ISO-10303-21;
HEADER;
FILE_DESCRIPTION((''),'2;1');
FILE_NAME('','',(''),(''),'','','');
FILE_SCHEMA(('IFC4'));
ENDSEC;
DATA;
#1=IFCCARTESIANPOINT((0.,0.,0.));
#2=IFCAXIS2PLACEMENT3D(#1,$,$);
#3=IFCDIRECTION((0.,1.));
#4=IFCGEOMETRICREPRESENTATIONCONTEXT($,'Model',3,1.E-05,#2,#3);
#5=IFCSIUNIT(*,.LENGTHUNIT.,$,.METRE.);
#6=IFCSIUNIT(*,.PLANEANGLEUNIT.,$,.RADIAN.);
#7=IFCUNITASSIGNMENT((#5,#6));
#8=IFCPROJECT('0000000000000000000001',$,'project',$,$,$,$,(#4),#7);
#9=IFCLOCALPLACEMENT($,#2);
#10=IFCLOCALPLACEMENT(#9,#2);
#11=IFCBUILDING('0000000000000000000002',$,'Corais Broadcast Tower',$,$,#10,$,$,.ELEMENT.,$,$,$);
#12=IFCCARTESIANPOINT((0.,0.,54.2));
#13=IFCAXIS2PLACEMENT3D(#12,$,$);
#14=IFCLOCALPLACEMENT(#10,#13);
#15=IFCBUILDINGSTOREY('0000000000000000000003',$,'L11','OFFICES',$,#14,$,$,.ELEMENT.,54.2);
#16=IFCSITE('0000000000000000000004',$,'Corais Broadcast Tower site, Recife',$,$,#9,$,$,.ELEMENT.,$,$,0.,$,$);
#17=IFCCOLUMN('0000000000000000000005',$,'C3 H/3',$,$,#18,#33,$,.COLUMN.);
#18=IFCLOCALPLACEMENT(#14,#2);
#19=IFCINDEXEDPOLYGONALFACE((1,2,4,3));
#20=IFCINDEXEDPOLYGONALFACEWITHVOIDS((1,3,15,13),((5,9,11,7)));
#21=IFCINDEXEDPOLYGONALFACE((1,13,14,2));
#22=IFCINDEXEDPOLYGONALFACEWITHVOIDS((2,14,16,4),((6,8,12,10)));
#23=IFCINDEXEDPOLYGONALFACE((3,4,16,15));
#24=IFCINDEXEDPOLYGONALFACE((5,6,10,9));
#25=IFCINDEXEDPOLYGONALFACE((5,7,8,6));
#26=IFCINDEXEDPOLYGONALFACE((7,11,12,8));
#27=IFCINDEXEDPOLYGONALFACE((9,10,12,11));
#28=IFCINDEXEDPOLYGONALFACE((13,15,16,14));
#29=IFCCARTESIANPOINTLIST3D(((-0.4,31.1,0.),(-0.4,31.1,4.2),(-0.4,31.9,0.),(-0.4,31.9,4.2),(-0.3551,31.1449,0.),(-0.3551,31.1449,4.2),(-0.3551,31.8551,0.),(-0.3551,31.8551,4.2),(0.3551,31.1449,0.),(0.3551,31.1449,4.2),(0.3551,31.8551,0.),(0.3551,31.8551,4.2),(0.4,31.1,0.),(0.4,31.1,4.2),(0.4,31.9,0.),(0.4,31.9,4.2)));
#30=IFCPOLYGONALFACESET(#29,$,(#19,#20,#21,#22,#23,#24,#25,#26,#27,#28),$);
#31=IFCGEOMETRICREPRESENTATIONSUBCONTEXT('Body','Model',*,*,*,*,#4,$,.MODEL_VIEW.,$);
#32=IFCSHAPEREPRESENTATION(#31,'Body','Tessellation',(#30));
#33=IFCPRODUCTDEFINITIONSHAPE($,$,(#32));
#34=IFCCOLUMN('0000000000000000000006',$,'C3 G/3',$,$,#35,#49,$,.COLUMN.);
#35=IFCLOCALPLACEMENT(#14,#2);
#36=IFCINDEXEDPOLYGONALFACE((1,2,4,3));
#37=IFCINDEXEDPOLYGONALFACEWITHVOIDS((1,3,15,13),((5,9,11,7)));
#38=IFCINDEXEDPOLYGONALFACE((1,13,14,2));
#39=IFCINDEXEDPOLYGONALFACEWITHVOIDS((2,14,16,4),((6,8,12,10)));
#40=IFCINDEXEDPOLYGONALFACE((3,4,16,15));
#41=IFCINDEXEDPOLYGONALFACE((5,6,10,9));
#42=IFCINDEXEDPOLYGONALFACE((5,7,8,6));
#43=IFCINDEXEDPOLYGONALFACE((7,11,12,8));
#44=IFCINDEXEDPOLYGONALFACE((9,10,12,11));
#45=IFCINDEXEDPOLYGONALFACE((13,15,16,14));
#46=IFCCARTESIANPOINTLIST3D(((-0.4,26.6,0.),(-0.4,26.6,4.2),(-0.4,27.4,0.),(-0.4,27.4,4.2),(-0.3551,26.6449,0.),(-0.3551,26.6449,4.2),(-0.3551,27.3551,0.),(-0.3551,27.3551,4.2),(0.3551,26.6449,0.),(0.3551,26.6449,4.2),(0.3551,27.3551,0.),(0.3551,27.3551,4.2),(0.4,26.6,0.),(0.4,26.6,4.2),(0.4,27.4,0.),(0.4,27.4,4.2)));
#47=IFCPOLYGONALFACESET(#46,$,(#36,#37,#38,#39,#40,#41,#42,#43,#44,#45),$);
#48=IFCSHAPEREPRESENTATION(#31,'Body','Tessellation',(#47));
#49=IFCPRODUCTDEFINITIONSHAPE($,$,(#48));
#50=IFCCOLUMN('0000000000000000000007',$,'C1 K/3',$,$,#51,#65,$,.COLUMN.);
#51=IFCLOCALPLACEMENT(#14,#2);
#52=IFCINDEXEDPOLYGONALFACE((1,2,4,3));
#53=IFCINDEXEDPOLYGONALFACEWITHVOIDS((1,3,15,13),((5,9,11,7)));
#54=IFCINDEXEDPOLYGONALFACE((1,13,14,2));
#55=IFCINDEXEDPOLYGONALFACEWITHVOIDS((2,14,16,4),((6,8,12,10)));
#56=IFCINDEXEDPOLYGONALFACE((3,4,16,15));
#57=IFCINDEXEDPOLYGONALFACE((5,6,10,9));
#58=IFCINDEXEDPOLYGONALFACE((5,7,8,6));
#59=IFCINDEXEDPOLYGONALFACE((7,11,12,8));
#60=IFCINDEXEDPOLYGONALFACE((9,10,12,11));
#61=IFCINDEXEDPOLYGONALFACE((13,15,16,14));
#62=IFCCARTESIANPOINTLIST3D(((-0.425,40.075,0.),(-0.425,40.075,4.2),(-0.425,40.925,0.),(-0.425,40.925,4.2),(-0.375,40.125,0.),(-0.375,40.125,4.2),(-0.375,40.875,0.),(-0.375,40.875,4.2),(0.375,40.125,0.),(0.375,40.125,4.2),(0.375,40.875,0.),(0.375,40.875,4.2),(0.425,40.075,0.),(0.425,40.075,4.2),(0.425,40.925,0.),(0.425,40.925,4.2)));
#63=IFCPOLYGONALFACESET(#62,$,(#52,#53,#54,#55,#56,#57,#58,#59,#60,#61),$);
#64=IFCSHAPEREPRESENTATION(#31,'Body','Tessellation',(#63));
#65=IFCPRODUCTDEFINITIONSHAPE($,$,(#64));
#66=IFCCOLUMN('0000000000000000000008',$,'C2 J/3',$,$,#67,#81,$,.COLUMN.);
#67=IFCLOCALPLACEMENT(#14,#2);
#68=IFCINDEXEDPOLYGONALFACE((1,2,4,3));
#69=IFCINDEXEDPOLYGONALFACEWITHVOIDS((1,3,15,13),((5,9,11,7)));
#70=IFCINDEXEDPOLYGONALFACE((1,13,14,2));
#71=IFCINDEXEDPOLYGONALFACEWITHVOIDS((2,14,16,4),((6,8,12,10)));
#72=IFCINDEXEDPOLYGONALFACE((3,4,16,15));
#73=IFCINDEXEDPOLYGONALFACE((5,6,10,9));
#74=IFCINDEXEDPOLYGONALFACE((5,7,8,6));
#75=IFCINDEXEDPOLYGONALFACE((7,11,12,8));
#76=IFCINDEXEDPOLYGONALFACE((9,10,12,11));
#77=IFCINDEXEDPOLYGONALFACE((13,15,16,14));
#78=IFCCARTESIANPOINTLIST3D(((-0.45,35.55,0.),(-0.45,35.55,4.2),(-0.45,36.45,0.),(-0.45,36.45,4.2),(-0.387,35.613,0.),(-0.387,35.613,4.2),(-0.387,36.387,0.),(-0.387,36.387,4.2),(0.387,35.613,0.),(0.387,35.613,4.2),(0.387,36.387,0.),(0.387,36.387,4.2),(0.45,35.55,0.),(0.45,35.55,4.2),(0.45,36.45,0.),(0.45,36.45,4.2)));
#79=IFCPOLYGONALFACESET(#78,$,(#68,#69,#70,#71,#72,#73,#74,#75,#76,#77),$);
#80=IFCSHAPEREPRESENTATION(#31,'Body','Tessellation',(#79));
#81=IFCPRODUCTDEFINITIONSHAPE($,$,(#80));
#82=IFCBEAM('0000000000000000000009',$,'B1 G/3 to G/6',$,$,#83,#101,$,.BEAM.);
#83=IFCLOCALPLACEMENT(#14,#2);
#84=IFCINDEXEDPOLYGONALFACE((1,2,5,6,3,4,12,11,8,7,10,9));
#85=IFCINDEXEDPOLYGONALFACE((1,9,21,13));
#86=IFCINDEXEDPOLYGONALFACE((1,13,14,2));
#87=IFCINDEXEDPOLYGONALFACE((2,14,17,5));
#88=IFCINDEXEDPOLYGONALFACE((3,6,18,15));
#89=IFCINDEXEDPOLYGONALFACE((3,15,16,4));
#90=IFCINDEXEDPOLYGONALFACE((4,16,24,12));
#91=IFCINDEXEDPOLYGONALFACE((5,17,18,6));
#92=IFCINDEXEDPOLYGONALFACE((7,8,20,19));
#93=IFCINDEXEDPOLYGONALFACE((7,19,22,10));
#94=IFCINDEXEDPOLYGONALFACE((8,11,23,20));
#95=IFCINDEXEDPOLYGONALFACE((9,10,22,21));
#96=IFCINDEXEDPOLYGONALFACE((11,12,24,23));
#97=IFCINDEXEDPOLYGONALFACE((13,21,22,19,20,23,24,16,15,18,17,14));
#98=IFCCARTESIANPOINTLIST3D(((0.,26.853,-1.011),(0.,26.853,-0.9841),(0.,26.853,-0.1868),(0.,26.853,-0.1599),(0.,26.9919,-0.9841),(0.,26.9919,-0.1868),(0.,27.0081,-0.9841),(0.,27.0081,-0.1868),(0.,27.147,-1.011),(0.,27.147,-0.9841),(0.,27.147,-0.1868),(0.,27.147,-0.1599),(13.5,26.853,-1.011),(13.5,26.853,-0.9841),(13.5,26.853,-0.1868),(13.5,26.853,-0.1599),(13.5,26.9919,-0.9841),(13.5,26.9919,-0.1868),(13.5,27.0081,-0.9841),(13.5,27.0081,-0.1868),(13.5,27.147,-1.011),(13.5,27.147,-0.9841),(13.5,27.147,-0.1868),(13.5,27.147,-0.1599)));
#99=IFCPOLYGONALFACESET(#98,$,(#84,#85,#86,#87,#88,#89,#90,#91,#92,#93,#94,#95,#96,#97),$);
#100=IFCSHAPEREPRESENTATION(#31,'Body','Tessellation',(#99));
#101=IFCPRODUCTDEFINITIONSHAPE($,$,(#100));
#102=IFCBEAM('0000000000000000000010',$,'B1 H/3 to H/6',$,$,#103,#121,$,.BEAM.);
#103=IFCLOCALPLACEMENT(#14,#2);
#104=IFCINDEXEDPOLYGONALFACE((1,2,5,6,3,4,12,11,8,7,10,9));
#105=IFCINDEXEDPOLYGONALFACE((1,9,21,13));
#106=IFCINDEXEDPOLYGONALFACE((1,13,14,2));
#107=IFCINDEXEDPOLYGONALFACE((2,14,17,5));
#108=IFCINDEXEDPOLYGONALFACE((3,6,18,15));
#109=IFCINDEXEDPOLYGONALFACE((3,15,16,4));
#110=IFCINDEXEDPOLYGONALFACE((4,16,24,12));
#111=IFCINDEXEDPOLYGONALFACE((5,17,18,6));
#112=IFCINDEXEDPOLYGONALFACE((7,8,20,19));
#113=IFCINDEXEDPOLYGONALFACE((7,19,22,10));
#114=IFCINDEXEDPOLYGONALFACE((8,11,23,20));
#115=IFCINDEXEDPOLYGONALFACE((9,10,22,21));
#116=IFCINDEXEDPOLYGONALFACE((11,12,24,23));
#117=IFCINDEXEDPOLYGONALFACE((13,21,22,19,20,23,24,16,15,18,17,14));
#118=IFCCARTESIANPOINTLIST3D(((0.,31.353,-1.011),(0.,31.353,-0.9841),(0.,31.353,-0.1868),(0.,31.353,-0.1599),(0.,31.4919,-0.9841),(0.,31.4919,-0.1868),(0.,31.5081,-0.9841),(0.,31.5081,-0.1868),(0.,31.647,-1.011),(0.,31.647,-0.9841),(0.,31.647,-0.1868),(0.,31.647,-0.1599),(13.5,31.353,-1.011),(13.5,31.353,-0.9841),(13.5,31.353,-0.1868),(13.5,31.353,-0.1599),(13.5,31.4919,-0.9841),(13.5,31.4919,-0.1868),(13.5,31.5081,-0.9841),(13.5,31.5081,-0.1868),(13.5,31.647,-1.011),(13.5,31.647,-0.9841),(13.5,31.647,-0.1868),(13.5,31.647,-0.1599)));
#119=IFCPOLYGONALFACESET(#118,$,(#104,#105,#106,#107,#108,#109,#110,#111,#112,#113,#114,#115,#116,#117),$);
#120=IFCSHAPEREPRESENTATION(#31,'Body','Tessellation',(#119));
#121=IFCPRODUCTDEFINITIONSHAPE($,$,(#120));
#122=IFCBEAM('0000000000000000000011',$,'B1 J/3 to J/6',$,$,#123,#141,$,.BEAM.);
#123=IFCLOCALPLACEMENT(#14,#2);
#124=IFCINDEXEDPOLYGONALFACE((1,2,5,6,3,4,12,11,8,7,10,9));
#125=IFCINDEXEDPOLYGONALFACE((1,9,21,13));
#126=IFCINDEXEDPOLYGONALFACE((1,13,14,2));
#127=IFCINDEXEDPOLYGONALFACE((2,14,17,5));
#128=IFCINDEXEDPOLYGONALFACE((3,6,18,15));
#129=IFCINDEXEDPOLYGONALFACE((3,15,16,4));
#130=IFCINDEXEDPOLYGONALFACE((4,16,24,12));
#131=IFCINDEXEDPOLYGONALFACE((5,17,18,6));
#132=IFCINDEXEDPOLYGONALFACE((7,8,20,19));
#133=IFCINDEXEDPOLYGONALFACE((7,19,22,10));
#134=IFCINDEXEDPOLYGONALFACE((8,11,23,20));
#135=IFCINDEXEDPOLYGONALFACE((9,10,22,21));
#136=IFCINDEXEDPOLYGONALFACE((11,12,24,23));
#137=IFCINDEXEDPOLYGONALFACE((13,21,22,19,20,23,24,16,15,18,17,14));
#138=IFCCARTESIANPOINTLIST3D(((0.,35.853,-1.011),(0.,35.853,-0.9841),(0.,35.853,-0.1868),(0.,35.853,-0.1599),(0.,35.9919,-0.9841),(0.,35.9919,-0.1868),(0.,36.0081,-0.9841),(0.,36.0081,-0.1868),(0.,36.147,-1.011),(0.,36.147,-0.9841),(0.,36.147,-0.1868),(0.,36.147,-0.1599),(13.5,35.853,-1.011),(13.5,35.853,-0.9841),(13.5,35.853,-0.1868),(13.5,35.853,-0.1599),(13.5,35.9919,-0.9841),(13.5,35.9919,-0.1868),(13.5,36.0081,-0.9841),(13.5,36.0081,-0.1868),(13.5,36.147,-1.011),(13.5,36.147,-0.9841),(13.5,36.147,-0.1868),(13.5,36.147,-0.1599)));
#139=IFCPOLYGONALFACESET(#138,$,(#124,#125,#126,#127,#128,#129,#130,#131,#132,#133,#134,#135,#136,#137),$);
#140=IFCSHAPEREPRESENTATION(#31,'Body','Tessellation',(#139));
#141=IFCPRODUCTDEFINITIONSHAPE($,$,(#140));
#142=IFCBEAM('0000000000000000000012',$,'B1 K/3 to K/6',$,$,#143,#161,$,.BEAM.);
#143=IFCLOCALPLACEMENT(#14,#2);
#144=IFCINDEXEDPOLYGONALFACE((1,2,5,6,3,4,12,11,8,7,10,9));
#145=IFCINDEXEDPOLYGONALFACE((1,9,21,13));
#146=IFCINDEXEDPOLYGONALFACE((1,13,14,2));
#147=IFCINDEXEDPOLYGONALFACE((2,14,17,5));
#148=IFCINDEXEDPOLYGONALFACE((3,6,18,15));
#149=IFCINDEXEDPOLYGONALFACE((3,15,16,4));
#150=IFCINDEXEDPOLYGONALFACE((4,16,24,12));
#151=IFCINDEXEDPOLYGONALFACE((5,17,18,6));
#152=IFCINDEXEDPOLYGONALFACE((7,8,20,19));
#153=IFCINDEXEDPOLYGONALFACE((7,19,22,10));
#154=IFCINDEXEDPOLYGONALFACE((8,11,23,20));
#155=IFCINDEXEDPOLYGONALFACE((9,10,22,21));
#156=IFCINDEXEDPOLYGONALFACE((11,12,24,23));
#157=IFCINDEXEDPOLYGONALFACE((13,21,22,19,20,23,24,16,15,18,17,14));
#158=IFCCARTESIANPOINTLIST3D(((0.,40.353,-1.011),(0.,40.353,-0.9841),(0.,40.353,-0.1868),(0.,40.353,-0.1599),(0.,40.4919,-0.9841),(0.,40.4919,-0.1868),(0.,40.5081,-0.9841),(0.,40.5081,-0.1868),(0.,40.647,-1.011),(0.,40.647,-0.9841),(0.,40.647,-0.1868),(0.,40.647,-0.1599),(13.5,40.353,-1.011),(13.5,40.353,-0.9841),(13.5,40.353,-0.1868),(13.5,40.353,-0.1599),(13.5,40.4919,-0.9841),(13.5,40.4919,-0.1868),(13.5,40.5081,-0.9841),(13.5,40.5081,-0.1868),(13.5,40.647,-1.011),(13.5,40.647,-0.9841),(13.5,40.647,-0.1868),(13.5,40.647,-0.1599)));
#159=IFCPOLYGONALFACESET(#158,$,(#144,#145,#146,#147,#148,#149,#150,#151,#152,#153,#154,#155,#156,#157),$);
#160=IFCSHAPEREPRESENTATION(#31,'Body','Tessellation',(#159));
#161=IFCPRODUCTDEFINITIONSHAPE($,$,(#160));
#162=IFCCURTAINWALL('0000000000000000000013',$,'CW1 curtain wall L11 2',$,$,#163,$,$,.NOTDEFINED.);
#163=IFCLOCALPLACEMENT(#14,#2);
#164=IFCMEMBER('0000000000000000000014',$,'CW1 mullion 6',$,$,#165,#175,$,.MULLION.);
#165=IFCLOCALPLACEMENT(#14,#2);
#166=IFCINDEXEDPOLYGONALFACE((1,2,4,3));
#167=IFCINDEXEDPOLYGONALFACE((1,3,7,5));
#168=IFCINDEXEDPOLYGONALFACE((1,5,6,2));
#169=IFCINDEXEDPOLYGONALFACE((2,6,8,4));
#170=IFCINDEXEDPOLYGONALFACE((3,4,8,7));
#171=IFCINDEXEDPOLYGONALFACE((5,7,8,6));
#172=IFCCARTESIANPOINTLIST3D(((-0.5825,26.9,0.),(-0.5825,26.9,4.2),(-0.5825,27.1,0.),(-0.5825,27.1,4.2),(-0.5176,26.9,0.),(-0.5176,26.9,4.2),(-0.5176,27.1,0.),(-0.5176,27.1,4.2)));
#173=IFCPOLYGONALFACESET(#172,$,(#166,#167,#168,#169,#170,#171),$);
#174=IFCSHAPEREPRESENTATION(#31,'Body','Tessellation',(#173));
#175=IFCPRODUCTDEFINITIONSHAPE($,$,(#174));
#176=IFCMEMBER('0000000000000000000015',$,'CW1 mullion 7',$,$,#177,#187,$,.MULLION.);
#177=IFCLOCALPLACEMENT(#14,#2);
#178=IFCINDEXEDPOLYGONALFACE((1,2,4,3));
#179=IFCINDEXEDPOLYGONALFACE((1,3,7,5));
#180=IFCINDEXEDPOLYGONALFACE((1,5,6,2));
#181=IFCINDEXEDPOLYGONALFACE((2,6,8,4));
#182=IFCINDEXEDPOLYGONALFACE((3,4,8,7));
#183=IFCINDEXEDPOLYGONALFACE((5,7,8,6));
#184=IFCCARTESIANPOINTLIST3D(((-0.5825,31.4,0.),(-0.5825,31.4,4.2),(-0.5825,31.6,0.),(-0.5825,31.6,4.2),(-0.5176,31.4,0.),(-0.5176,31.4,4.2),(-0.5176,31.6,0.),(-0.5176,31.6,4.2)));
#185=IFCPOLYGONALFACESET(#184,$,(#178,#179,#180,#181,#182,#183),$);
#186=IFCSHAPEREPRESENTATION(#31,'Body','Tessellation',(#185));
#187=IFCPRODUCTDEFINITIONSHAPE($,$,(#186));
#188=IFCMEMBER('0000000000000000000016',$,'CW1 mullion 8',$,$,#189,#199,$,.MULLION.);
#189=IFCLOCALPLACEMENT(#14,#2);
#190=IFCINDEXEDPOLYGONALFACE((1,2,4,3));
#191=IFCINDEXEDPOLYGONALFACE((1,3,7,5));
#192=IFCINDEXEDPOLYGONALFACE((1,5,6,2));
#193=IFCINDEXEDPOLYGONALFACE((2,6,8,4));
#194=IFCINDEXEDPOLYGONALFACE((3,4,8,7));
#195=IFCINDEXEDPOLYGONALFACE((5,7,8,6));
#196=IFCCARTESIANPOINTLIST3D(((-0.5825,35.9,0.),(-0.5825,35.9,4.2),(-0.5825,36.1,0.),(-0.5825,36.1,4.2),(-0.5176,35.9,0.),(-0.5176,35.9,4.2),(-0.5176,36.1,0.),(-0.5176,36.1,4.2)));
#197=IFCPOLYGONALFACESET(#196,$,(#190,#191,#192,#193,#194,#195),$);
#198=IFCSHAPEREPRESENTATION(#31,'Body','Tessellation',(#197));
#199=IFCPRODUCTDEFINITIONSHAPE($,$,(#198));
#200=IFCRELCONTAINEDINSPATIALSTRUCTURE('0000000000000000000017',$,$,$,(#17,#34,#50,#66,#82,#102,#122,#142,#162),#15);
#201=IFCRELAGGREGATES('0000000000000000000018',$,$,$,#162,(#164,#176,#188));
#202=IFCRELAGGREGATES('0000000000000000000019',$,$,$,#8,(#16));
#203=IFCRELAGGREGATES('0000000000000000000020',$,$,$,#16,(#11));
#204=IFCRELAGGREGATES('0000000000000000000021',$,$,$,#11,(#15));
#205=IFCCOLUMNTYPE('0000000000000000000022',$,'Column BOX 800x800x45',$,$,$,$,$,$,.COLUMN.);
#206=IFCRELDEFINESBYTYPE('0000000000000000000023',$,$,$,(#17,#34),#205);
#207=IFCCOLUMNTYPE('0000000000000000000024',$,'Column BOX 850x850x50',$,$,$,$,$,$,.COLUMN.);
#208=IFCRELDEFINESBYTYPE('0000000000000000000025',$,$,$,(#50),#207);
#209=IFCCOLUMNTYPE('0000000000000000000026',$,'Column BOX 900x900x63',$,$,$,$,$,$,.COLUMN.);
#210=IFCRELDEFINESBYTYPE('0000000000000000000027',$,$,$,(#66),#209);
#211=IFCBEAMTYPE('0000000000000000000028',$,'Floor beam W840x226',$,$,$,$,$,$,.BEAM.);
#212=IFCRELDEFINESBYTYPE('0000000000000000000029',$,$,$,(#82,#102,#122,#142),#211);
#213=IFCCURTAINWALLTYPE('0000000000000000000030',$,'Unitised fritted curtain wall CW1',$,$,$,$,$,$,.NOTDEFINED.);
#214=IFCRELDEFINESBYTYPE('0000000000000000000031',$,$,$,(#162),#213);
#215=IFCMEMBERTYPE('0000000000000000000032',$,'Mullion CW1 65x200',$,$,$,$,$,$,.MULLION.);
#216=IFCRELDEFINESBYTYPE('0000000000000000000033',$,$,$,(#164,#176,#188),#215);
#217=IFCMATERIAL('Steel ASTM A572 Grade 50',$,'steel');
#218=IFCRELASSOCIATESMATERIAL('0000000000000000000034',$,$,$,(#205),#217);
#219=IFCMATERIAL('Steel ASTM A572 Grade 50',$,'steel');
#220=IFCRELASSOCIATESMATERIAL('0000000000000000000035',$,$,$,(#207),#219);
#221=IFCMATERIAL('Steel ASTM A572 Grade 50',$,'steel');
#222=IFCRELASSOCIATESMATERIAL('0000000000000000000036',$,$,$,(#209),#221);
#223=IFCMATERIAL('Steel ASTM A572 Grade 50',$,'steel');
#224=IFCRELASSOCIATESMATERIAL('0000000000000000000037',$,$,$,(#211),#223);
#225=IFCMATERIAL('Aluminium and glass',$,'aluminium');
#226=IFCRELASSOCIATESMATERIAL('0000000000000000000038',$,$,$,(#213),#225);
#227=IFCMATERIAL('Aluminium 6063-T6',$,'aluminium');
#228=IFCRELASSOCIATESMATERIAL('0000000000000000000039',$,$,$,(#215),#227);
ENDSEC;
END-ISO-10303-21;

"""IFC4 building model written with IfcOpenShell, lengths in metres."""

from ifc_helpers import new_model, si_unit, direction, frame, origin, origin_2d, place, context, subcontext, project, spatial, rectangle, hollow_rectangle, i_section, extrude, material, material_profile, profile_set, type_object, element, aggregate, save


model = new_model("IFC4")

# Units and contexts
model_context = context("Model", 3, precision=1e-05, world=origin(), true_north=direction((0.0, 1.0)))
body_context = subcontext(model_context, "Body", "Model", "MODEL_VIEW")
ifc_project = project(units=[si_unit("LENGTHUNIT", "METRE"), si_unit("PLANEANGLEUNIT", "RADIAN")], contexts=[model_context])

# Site, building, storey
site_placement = place(None, origin())
site = spatial("IfcSite", under=ifc_project, at=site_placement, Name="Corais Broadcast Tower site, Recife", CompositionType="ELEMENT", RefElevation=0.0)
building_placement = place(site_placement, origin())
building = spatial("IfcBuilding", under=site, at=building_placement, Name="Corais Broadcast Tower", CompositionType="ELEMENT")
storey_placement = place(building_placement, frame((0.0, 0.0, 54.2)))
storey = spatial("IfcBuildingStorey", under=building, at=storey_placement, Name="L11", Description="OFFICES", CompositionType="ELEMENT", Elevation=54.2)

# Columns
ifc_material_1 = material(Name="Steel ASTM A572 Grade 50", Category="steel")
ifc_material_profile_1 = material_profile(ifc_material_1, hollow_rectangle(XDim=0.8, YDim=0.8, WallThickness=0.0449, at=origin_2d()), Name="BOX 800x800x45")
ifc_profile_set_1 = profile_set([ifc_material_profile_1], Name="Steel ASTM A572 Grade 50")
column_type_1 = type_object("IfcColumnType", Name="Column BOX 800x800x45", PredefinedType="COLUMN", material=ifc_profile_set_1)
for number, where, z_axis, x_axis, name in (
    (1, (0.0, 31.5, 0.0), (0.0, 0.0, 1.0), (1.0, 0.0, 0.0), "C3 H/3"),
    (2, (0.0, 27.0, 0.0), (0.0, 0.0, 1.0), (1.0, 0.0, 0.0), "C3 G/3"),
):
    element("IfcColumn", number, at=place(storey_placement, frame(where, z_axis=z_axis, x_axis=x_axis)), inside=storey, type_object=column_type_1, Name=name, PredefinedType="COLUMN", context=body_context, shape_type="SweptSolid", body=[
        extrude(hollow_rectangle(XDim=0.8, YDim=0.8, WallThickness=0.0449, at=origin_2d()), origin(), (0.0, 0.0, 1.0), 4.2),
    ])
ifc_material_2 = material(Name="Steel ASTM A572 Grade 50", Category="steel")
ifc_material_profile_2 = material_profile(ifc_material_2, hollow_rectangle(XDim=0.8501, YDim=0.8501, WallThickness=0.05, at=origin_2d()), Name="BOX 850x850x50")
ifc_profile_set_2 = profile_set([ifc_material_profile_2], Name="Steel ASTM A572 Grade 50")
column_type_2 = type_object("IfcColumnType", Name="Column BOX 850x850x50", PredefinedType="COLUMN", material=ifc_profile_set_2)
column_1_placement = place(storey_placement, frame((0.0, 40.5, 0.0), z_axis=(0.0, 0.0, 1.0), x_axis=(1.0, 0.0, 0.0)))
element("IfcColumn", 3, at=column_1_placement, inside=storey, type_object=column_type_2, Name="C1 K/3", PredefinedType="COLUMN", context=body_context, shape_type="SweptSolid", body=[
    extrude(hollow_rectangle(XDim=0.8501, YDim=0.8501, WallThickness=0.05, at=origin_2d()), origin(), (0.0, 0.0, 1.0), 4.2),
])
ifc_material_3 = material(Name="Steel ASTM A572 Grade 50", Category="steel")
ifc_material_profile_3 = material_profile(ifc_material_3, hollow_rectangle(XDim=0.8999, YDim=0.8999, WallThickness=0.063, at=origin_2d()), Name="BOX 900x900x63")
ifc_profile_set_3 = profile_set([ifc_material_profile_3], Name="Steel ASTM A572 Grade 50")
column_type_3 = type_object("IfcColumnType", Name="Column BOX 900x900x63", PredefinedType="COLUMN", material=ifc_profile_set_3)
column_2_placement = place(storey_placement, frame((0.0, 36.0, 0.0), z_axis=(0.0, 0.0, 1.0), x_axis=(1.0, 0.0, 0.0)))
element("IfcColumn", 4, at=column_2_placement, inside=storey, type_object=column_type_3, Name="C2 J/3", PredefinedType="COLUMN", context=body_context, shape_type="SweptSolid", body=[
    extrude(hollow_rectangle(XDim=0.8999, YDim=0.8999, WallThickness=0.063, at=origin_2d()), origin(), (0.0, 0.0, 1.0), 4.2),
])

# Beams
ifc_material_4 = material(Name="Steel ASTM A572 Grade 50", Category="steel")
ifc_material_profile_4 = material_profile(ifc_material_4, i_section(OverallWidth=0.2939, OverallDepth=0.8511, WebThickness=0.0161, FlangeThickness=0.0269, at=origin_2d()), Name="W840x226")
ifc_profile_set_4 = profile_set([ifc_material_profile_4], Name="Steel ASTM A572 Grade 50")
beam_type_1 = type_object("IfcBeamType", Name="Floor beam W840x226", PredefinedType="BEAM", material=ifc_profile_set_4)
for number, where, z_axis, x_axis, name in (
    (5, (0.0, 27.0, -0.5854), (1.0, 0.0, 0.0), (0.0, 1.0, 0.0), "B1 G/3 to G/6"),
    (6, (0.0, 31.5, -0.5854), (1.0, 0.0, 0.0), (0.0, 1.0, 0.0), "B1 H/3 to H/6"),
    (7, (0.0, 36.0, -0.5854), (1.0, 0.0, 0.0), (0.0, 1.0, 0.0), "B1 J/3 to J/6"),
    (8, (0.0, 40.5, -0.5854), (1.0, 0.0, 0.0), (0.0, 1.0, 0.0), "B1 K/3 to K/6"),
):
    element("IfcBeam", number, at=place(storey_placement, frame(where, z_axis=z_axis, x_axis=x_axis)), inside=storey, type_object=beam_type_1, Name=name, PredefinedType="BEAM", context=body_context, shape_type="SweptSolid", body=[
        extrude(i_section(OverallWidth=0.2939, OverallDepth=0.8511, WebThickness=0.0161, FlangeThickness=0.0269, at=origin_2d()), origin(), (0.0, 0.0, 1.0), 13.5),
    ])

# Curtain wall, members
ifc_material_5 = material(Name="Aluminium and glass", Category="aluminium")
curtain_wall_type = type_object("IfcCurtainWallType", Name="Unitised fritted curtain wall CW1", PredefinedType="NOTDEFINED", material=ifc_material_5)
curtain_wall_placement = place(storey_placement, origin())
curtain_wall = element("IfcCurtainWall", 9, at=curtain_wall_placement, inside=storey, type_object=curtain_wall_type, Name="CW1 curtain wall L11 2", PredefinedType="NOTDEFINED")
ifc_material_6 = material(Name="Aluminium 6063-T6", Category="aluminium")
ifc_material_profile_5 = material_profile(ifc_material_6, rectangle(XDim=0.0649, YDim=0.2, at=origin_2d()), Name="Mullion CW1 65x200")
ifc_profile_set_5 = profile_set([ifc_material_profile_5], Name="Aluminium 6063-T6")
member_type_1 = type_object("IfcMemberType", Name="Mullion CW1 65x200", PredefinedType="MULLION", material=ifc_profile_set_5)
member_1_placement = place(storey_placement, frame((-0.55, 27.0, 0.0), z_axis=(0.0, 0.0, 1.0), x_axis=(-1.0, 0.0, 0.0)))
member_1 = element("IfcMember", 10, at=member_1_placement, type_object=member_type_1, Name="CW1 mullion 6", PredefinedType="MULLION", context=body_context, shape_type="SweptSolid", body=[
    extrude(rectangle(XDim=0.0649, YDim=0.2, at=origin_2d()), origin(), (0.0, 0.0, 1.0), 4.2),
])
member_2_placement = place(storey_placement, frame((-0.55, 31.5, 0.0), z_axis=(0.0, 0.0, 1.0), x_axis=(-1.0, 0.0, 0.0)))
member_2 = element("IfcMember", 11, at=member_2_placement, type_object=member_type_1, Name="CW1 mullion 7", PredefinedType="MULLION", context=body_context, shape_type="SweptSolid", body=[
    extrude(rectangle(XDim=0.0649, YDim=0.2, at=origin_2d()), origin(), (0.0, 0.0, 1.0), 4.2),
])
member_3_placement = place(storey_placement, frame((-0.55, 36.0, 0.0), z_axis=(0.0, 0.0, 1.0), x_axis=(-1.0, 0.0, 0.0)))
member_3 = element("IfcMember", 12, at=member_3_placement, type_object=member_type_1, Name="CW1 mullion 8", PredefinedType="MULLION", context=body_context, shape_type="SweptSolid", body=[
    extrude(rectangle(XDim=0.0649, YDim=0.2, at=origin_2d()), origin(), (0.0, 0.0, 1.0), 4.2),
])

aggregate(curtain_wall, [member_1, member_2, member_3])

save(model, "model.ifc")
